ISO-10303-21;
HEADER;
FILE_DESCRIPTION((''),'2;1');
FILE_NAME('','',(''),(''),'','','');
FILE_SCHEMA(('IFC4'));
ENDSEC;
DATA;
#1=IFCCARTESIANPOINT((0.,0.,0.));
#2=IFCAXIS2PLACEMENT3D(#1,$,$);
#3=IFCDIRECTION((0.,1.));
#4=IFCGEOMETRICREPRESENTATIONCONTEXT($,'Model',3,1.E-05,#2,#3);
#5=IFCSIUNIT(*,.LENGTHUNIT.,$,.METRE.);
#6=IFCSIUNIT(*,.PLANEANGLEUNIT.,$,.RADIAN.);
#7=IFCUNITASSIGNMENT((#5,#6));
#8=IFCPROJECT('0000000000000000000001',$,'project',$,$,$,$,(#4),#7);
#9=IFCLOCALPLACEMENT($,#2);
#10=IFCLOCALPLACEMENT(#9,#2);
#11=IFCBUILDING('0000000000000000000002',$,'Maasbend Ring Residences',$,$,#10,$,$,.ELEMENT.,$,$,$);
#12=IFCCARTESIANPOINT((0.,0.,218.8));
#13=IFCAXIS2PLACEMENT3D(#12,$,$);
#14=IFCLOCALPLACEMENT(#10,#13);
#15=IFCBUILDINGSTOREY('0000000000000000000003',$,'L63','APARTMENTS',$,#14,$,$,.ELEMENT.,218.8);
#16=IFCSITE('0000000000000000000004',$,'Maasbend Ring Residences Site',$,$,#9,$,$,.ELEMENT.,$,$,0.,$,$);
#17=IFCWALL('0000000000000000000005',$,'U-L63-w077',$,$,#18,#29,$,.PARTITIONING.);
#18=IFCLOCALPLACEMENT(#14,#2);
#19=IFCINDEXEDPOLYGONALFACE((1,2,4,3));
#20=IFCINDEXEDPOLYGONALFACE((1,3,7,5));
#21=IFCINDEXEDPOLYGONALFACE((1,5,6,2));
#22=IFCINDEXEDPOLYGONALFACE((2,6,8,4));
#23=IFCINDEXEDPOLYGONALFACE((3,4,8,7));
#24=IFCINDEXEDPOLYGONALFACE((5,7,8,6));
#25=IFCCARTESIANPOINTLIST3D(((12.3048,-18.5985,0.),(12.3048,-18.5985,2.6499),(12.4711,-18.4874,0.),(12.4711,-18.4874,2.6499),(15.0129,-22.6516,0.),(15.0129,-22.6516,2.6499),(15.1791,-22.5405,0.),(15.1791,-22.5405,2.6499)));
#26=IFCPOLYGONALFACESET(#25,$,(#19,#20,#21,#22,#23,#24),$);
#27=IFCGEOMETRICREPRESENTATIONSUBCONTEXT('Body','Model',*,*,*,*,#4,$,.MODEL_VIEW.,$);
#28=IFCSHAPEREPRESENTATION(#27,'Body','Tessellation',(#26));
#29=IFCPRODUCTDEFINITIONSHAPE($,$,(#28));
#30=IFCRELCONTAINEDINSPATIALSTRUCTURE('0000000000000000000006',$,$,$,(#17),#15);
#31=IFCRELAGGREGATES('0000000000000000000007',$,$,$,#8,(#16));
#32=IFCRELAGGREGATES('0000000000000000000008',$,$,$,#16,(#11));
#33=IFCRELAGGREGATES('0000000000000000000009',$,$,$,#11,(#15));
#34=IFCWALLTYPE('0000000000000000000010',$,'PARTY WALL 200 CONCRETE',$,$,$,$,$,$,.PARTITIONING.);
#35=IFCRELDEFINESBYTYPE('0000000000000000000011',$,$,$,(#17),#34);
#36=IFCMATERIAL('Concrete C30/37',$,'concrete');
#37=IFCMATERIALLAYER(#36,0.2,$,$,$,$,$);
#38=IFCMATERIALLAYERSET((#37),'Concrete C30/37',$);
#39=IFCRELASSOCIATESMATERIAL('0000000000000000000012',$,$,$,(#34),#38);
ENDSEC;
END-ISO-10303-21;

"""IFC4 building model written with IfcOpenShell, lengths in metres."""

from ifc_helpers import new_model, si_unit, direction, frame, frame_2d, origin, place, context, subcontext, project, spatial, rectangle, extrude, material, layer, layer_set, type_object, element, save


model = new_model("IFC4")

# Units and contexts
model_context = context("Model", 3, precision=1e-05, world=origin(), true_north=direction((0.0, 1.0)))
body_context = subcontext(model_context, "Body", "Model", "MODEL_VIEW")
ifc_project = project(units=[si_unit("LENGTHUNIT", "METRE"), si_unit("PLANEANGLEUNIT", "RADIAN")], contexts=[model_context])

# Site, building, storey
site_placement = place(None, origin())
site = spatial("IfcSite", under=ifc_project, at=site_placement, Name="Maasbend Ring Residences Site", CompositionType="ELEMENT", RefElevation=0.0)
building_placement = place(site_placement, origin())
building = spatial("IfcBuilding", under=site, at=building_placement, Name="Maasbend Ring Residences", CompositionType="ELEMENT")
storey_placement = place(building_placement, frame((0.0, 0.0, 218.8)))
storey = spatial("IfcBuildingStorey", under=building, at=storey_placement, Name="L63", Description="APARTMENTS", CompositionType="ELEMENT", Elevation=218.8)

# Wall
ifc_material_1 = material(Name="Concrete C30/37", Category="concrete")
ifc_layer_1 = layer(ifc_material_1, 0.2)
ifc_layer_set_1 = layer_set([ifc_layer_1], Name="Concrete C30/37")
wall_type_1 = type_object("IfcWallType", Name="PARTY WALL 200 CONCRETE", PredefinedType="PARTITIONING", material=ifc_layer_set_1)
wall_1_placement = place(storey_placement, frame((12.3879, -18.543, 0.0), z_axis=(0.0, 0.0, 1.0), x_axis=(0.555555, -0.83148, 0.0)))
element("IfcWall", 1, at=wall_1_placement, inside=storey, type_object=wall_type_1, Name="U-L63-w077", PredefinedType="PARTITIONING", context=body_context, shape_type="SweptSolid", body=[
    extrude(rectangle(XDim=4.8745, YDim=0.2, at=frame_2d((2.4373, 0.0))), origin(), (0.0, 0.0, 1.0), 2.6499),
])

save(model, "model.ifc")
